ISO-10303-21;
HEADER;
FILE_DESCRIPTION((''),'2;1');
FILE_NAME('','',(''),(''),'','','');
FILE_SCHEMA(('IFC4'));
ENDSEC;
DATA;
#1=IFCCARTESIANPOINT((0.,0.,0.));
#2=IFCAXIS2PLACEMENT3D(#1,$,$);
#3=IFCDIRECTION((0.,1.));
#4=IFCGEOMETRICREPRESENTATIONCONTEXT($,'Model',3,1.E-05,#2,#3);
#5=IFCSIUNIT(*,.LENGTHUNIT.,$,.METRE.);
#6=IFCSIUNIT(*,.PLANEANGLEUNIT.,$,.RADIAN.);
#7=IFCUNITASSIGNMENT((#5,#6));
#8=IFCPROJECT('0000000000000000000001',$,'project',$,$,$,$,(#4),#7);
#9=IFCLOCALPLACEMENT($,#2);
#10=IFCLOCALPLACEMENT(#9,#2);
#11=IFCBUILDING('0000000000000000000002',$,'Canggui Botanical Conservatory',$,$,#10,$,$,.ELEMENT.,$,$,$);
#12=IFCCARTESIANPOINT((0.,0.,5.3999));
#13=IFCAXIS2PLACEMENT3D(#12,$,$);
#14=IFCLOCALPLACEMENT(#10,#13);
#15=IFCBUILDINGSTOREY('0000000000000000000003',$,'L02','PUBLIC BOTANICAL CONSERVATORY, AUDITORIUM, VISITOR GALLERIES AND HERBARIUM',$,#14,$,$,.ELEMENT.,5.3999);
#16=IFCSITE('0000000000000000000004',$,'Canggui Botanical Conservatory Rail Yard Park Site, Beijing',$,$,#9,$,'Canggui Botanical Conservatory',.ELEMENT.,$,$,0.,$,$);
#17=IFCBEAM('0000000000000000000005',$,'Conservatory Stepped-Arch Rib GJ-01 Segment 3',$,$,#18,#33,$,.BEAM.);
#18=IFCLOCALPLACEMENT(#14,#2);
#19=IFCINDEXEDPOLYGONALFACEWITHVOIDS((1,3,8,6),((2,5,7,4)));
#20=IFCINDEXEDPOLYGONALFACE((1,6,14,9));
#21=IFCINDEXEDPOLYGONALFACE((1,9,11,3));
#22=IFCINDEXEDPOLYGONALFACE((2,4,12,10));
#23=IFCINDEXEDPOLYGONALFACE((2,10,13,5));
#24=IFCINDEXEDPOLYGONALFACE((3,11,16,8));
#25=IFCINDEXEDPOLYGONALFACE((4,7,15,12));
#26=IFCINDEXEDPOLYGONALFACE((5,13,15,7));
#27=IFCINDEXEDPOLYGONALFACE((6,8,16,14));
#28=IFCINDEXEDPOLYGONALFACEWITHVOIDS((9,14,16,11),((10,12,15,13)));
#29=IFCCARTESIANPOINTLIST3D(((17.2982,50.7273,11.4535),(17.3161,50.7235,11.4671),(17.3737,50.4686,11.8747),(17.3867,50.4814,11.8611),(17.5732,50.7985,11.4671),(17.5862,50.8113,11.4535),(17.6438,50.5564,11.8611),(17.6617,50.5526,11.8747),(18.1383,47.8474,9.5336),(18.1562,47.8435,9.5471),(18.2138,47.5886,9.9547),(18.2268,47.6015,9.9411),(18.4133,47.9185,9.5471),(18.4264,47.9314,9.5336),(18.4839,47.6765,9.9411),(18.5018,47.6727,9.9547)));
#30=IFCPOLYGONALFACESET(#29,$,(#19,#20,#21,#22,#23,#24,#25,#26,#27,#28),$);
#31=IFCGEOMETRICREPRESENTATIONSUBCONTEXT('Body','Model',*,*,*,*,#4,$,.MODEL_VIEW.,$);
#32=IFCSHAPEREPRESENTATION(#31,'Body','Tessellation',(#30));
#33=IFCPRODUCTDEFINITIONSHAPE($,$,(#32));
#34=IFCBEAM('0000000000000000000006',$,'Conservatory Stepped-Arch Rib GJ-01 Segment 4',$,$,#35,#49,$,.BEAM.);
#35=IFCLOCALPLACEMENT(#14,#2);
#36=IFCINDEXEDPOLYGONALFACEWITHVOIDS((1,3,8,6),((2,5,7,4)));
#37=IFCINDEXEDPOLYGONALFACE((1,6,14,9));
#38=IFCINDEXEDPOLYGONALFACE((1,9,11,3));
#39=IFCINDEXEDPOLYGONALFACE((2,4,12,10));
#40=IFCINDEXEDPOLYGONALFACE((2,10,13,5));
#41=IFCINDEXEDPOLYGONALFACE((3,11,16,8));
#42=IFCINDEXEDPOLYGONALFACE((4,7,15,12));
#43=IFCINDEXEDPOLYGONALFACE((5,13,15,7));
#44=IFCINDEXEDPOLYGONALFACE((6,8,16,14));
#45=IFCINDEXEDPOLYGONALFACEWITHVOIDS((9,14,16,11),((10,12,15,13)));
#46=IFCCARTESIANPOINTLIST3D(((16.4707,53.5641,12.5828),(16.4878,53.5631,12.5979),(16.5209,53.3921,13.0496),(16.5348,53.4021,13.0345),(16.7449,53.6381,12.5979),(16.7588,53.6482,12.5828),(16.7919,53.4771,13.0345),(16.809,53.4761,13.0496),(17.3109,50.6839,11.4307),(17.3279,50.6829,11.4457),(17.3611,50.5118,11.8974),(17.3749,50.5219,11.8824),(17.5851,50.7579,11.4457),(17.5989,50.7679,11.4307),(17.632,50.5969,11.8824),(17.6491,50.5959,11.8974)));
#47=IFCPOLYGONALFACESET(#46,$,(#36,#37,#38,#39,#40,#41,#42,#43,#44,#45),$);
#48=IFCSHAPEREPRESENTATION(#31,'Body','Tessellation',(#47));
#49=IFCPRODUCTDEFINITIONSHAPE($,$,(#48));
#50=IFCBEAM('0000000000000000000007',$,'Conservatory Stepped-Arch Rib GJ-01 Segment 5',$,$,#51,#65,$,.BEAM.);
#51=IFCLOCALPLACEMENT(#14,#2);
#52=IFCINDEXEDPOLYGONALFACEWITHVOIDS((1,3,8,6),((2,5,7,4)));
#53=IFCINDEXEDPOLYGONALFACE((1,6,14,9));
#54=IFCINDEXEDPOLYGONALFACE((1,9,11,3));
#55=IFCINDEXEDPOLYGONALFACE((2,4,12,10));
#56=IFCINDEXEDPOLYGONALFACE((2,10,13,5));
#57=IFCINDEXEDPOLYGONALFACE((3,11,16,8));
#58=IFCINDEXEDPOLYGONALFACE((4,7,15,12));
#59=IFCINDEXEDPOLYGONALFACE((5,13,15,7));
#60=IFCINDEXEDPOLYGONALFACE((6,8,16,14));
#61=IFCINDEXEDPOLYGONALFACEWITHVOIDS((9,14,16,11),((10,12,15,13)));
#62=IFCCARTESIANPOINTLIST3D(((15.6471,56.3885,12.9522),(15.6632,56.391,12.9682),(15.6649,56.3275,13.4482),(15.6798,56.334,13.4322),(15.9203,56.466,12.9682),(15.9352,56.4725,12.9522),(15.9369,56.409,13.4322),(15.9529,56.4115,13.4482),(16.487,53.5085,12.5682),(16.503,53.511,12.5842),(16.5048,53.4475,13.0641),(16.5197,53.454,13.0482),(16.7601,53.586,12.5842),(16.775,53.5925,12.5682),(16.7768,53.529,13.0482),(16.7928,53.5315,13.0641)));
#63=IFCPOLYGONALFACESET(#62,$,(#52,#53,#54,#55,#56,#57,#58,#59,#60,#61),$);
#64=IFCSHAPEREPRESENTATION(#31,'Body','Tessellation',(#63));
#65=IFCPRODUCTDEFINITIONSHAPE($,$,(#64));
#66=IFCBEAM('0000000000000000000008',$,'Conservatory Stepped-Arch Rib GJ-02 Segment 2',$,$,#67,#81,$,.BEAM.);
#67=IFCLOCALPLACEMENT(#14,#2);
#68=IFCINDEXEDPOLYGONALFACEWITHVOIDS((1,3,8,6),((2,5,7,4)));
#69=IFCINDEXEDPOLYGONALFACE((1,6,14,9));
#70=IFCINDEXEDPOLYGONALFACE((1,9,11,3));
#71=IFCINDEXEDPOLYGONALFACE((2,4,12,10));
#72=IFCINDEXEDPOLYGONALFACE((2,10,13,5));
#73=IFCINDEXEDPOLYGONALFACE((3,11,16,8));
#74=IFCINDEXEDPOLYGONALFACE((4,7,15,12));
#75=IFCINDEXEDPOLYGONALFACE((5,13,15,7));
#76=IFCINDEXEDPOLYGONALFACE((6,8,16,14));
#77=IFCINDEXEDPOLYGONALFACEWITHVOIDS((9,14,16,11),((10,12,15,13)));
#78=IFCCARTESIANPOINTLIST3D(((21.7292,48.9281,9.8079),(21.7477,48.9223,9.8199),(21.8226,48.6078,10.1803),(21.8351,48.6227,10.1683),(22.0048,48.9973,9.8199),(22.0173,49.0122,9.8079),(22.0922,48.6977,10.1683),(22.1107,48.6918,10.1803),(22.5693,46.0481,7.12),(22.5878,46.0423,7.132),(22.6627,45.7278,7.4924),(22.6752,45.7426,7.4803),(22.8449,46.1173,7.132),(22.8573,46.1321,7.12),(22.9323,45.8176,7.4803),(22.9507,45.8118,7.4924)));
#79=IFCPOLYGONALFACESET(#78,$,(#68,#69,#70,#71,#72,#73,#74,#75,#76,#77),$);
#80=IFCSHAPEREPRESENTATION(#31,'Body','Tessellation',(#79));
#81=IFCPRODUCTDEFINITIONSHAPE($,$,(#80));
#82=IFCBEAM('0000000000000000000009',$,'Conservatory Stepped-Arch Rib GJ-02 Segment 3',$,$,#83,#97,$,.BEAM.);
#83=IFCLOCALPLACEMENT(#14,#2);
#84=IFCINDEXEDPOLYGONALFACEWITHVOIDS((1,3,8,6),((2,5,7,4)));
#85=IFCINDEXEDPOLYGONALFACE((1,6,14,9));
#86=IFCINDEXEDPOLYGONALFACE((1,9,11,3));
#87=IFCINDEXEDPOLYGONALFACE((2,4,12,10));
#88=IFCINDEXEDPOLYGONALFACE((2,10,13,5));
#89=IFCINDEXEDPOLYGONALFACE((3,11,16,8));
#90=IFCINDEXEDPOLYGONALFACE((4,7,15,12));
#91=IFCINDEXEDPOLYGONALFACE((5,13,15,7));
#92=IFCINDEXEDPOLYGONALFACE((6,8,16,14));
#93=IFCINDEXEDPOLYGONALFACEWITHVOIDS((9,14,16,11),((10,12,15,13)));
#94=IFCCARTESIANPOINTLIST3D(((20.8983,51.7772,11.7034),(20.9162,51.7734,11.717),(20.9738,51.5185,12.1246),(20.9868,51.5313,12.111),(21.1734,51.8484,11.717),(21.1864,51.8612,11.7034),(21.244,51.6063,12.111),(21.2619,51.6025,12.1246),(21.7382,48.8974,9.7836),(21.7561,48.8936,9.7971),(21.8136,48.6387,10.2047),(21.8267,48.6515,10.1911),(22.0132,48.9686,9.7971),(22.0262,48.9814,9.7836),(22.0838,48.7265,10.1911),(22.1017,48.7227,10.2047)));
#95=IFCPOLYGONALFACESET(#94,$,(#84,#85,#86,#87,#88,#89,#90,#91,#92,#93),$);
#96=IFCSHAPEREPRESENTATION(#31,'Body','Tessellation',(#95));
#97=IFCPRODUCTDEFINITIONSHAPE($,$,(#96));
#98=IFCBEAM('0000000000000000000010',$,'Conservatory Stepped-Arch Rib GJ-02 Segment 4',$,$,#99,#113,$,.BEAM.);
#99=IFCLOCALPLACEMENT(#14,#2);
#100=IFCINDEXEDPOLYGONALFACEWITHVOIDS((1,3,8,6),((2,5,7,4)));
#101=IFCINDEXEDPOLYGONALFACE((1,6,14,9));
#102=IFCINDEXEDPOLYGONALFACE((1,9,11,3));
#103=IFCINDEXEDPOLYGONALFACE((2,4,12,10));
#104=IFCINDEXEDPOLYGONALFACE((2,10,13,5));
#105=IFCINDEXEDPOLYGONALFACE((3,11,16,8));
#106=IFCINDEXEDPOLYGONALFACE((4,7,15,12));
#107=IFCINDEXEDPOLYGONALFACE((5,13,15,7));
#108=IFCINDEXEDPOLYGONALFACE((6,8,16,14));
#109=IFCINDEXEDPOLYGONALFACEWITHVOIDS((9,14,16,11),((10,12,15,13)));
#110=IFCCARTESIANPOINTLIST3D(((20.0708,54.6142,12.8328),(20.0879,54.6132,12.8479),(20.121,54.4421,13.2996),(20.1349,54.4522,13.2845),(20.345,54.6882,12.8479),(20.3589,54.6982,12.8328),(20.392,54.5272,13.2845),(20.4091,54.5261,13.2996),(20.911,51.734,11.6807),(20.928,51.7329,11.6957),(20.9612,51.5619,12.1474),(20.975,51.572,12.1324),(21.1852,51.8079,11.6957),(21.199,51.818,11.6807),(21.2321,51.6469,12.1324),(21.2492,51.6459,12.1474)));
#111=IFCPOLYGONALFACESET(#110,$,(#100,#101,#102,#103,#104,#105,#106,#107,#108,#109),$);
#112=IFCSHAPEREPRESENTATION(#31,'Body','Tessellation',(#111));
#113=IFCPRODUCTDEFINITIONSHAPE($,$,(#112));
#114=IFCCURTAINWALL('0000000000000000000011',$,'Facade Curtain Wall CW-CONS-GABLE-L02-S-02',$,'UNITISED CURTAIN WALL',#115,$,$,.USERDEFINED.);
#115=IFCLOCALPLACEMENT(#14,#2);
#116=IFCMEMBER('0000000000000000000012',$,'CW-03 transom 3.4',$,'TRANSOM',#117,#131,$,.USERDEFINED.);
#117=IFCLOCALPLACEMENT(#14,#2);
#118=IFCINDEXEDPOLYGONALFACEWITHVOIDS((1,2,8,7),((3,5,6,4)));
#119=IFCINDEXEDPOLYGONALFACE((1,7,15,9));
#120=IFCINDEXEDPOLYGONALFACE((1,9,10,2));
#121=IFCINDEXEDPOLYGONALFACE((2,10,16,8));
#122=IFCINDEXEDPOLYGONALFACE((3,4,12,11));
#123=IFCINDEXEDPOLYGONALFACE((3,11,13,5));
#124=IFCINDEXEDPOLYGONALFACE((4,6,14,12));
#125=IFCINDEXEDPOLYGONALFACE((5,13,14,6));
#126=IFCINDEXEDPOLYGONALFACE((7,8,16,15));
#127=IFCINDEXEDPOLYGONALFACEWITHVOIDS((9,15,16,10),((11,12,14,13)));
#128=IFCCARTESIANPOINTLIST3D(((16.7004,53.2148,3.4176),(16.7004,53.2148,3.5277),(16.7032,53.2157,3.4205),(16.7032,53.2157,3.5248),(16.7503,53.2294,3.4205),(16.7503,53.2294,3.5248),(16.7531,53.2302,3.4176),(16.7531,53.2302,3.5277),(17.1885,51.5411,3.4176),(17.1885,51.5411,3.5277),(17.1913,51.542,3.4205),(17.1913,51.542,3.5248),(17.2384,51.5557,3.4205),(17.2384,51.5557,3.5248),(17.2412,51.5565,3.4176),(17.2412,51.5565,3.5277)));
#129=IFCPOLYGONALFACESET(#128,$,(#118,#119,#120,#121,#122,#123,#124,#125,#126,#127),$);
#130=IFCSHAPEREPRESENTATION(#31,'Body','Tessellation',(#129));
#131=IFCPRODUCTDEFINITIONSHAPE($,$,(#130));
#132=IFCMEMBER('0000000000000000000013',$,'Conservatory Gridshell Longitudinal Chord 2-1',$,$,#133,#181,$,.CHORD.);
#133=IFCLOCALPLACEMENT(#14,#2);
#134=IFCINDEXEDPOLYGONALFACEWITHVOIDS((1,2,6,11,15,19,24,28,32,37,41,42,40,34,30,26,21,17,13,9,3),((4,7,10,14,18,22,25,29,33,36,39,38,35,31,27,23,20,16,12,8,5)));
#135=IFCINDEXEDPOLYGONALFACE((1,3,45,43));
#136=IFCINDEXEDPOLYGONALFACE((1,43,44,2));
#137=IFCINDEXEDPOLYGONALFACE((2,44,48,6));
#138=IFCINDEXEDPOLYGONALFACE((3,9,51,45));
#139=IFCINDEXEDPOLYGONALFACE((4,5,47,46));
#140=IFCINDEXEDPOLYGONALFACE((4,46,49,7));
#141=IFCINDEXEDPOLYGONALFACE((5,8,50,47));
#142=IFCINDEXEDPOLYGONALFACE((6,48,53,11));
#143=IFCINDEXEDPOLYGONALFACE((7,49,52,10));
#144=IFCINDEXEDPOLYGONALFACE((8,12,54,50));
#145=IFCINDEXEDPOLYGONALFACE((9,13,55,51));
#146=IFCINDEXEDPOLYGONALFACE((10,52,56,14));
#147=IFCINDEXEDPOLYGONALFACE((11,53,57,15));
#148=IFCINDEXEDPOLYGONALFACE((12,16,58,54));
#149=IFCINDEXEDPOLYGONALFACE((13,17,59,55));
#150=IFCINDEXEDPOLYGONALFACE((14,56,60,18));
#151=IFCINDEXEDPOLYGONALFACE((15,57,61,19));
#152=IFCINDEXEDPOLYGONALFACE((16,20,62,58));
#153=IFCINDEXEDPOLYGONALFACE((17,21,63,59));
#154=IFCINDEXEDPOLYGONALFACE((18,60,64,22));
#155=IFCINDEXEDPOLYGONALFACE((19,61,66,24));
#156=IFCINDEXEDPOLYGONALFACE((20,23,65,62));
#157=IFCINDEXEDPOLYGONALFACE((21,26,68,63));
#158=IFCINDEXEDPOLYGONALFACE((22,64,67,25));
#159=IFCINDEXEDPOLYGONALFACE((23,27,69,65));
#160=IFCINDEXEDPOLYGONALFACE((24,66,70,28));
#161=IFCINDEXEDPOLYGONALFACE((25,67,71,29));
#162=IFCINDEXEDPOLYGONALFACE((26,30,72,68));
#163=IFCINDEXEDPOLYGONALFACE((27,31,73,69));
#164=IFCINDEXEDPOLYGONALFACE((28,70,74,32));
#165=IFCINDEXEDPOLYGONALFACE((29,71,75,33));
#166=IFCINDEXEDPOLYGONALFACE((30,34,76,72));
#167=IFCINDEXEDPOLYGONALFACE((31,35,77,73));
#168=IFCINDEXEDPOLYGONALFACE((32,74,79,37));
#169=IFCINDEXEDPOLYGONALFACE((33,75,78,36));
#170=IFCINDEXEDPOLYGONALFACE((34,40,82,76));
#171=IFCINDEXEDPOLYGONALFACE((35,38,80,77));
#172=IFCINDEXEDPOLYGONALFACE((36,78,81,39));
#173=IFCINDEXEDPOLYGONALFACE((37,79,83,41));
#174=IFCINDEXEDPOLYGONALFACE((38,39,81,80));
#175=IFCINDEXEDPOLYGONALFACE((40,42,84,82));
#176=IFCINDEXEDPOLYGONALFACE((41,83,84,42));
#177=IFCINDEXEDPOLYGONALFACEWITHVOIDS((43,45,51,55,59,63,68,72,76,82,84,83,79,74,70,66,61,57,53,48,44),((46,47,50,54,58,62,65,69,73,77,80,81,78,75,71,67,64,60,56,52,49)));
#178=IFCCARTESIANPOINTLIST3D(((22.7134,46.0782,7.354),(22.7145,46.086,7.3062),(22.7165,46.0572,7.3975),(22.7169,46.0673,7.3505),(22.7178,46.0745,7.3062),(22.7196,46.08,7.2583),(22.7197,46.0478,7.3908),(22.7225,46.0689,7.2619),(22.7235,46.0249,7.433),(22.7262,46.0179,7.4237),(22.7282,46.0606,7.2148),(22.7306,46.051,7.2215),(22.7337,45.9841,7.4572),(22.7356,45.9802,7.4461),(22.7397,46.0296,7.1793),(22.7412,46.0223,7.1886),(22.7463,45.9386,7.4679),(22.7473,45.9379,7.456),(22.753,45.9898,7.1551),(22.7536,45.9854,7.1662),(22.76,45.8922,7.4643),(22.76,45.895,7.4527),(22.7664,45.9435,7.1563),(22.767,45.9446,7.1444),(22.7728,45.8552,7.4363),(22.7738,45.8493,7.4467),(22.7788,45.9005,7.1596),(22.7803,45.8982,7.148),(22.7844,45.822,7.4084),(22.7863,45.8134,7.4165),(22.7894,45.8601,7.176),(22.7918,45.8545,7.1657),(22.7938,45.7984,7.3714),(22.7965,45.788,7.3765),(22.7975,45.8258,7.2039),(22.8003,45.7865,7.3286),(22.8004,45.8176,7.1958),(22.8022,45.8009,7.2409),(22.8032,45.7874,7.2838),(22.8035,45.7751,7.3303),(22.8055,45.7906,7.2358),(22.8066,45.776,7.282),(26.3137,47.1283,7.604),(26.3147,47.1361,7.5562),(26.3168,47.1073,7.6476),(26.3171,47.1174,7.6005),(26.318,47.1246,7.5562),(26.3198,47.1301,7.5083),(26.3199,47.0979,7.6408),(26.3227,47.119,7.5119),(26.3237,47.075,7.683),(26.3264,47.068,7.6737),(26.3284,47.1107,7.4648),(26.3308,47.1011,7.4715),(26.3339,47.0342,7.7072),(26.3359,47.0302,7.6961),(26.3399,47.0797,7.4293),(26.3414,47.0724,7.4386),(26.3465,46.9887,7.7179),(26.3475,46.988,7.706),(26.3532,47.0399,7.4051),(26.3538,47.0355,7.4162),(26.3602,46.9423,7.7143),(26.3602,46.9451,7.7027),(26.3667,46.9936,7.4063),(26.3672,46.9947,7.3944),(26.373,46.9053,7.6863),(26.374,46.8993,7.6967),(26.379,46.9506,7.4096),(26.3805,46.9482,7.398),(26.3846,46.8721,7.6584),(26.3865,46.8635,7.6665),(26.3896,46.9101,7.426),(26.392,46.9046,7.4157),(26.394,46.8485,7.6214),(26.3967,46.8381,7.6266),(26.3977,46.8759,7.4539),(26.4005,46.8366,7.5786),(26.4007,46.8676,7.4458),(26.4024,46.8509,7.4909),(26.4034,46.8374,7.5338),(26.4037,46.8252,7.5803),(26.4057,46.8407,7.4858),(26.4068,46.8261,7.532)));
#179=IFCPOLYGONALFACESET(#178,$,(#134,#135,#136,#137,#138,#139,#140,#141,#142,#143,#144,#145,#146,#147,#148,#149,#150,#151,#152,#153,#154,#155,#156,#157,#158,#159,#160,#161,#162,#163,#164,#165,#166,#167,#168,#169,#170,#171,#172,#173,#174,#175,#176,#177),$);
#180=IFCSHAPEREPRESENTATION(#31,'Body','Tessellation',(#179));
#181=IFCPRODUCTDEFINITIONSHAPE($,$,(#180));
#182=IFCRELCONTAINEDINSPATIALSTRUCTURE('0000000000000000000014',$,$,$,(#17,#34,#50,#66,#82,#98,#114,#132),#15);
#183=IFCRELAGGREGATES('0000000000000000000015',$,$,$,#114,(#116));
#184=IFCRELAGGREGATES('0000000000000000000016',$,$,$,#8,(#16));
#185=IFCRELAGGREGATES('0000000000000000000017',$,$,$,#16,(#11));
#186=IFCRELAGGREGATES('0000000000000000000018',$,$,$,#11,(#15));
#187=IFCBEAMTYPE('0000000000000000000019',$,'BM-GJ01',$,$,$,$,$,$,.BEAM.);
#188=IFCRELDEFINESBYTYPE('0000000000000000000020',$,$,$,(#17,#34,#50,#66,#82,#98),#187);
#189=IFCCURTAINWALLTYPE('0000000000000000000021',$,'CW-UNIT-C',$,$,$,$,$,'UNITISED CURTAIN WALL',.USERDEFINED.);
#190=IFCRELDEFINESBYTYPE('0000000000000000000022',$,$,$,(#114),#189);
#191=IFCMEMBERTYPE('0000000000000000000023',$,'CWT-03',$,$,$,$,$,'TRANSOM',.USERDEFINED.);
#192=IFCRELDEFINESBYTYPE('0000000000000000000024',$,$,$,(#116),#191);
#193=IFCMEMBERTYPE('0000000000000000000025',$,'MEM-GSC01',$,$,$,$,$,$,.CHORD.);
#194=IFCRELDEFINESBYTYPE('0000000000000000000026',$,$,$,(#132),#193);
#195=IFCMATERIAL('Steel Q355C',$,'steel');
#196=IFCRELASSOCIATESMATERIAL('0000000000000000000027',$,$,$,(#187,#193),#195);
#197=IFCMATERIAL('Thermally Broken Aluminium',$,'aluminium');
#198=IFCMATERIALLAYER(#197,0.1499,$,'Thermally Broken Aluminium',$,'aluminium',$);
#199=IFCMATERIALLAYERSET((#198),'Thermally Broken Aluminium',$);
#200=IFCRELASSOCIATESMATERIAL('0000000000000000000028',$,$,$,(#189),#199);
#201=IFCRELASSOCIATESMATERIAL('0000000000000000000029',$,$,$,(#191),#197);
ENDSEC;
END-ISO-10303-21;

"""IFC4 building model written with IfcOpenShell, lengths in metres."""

from ifc_helpers import new_model, si_unit, direction, frame, origin, origin_2d, place, context, subcontext, project, spatial, hollow_rectangle, hollow_circle, extrude, material, layer, layer_set, material_profile, profile_set, type_object, element, aggregate, save


model = new_model("IFC4")

# Units and contexts
model_context = context("Model", 3, precision=1e-05, world=origin(), true_north=direction((0.0, 1.0)))
body_context = subcontext(model_context, "Body", "Model", "MODEL_VIEW")
ifc_project = project(units=[si_unit("LENGTHUNIT", "METRE"), si_unit("PLANEANGLEUNIT", "RADIAN")], contexts=[model_context])

# Site, building, storey
site_placement = place(None, origin())
site = spatial("IfcSite", under=ifc_project, at=site_placement, Name="Canggui Botanical Conservatory Rail Yard Park Site, Beijing", LongName="Canggui Botanical Conservatory", CompositionType="ELEMENT", RefElevation=0.0)
building_placement = place(site_placement, origin())
building = spatial("IfcBuilding", under=site, at=building_placement, Name="Canggui Botanical Conservatory", CompositionType="ELEMENT")
storey_placement = place(building_placement, frame((0.0, 0.0, 5.3999)))
storey = spatial("IfcBuildingStorey", under=building, at=storey_placement, Name="L02", Description="PUBLIC BOTANICAL CONSERVATORY, AUDITORIUM, VISITOR GALLERIES AND HERBARIUM", CompositionType="ELEMENT", Elevation=5.3999)

# Beams
ifc_material_1 = material(Name="Steel Q355C", Category="steel")
ifc_material_profile_1 = material_profile(ifc_material_1, hollow_rectangle(XDim=0.3, YDim=0.5, WallThickness=0.0161, at=origin_2d()), Name="RHS 300x500x16")
ifc_profile_set_1 = profile_set([ifc_material_profile_1], Name="Steel Q355C")
beam_type = type_object("IfcBeamType", Name="BM-GJ01", PredefinedType="BEAM", material=ifc_profile_set_1)
beam_1_placement = place(storey_placement, frame((18.3201, 47.76, 9.7441), z_axis=(-0.235868, 0.808574, 0.539049), x_axis=(-0.959989, -0.280038, 0.0)))
element("IfcBeam", 1, at=beam_1_placement, inside=storey, type_object=beam_type, Name="Conservatory Stepped-Arch Rib GJ-01 Segment 3", PredefinedType="BEAM", context=body_context, shape_type="SweptSolid", body=[
    extrude(hollow_rectangle(XDim=0.3, YDim=0.5, WallThickness=0.0161, at=origin_2d()), origin(), (0.0, 0.0, 1.0), 3.5618),
])
beam_2_placement = place(storey_placement, frame((17.48, 50.6399, 11.6641), z_axis=(-0.261404, 0.896188, 0.35849), x_axis=(-0.959995, -0.280016, 0.0)))
element("IfcBeam", 2, at=beam_2_placement, inside=storey, type_object=beam_type, Name="Conservatory Stepped-Arch Rib GJ-01 Segment 4", PredefinedType="BEAM", context=body_context, shape_type="SweptSolid", body=[
    extrude(hollow_rectangle(XDim=0.3, YDim=0.5, WallThickness=0.0161, at=origin_2d()), origin(), (0.0, 0.0, 1.0), 3.2139),
])
beam_3_placement = place(storey_placement, frame((16.6399, 53.52, 12.8162), z_axis=(-0.277696, 0.95224, 0.126981), x_axis=(-0.960011, -0.279962, 0.0)))
element("IfcBeam", 3, at=beam_3_placement, inside=storey, type_object=beam_type, Name="Conservatory Stepped-Arch Rib GJ-01 Segment 5", PredefinedType="BEAM", context=body_context, shape_type="SweptSolid", body=[
    extrude(hollow_rectangle(XDim=0.3, YDim=0.5, WallThickness=0.0161, at=origin_2d()), origin(), (0.0, 0.0, 1.0), 3.0244),
])
beam_4_placement = place(storey_placement, frame((22.76, 45.9299, 7.3062), z_axis=(-0.208553, 0.714996, 0.667297), x_axis=(-0.959995, -0.280016, 0.0)))
element("IfcBeam", 4, at=beam_4_placement, inside=storey, type_object=beam_type, Name="Conservatory Stepped-Arch Rib GJ-02 Segment 2", PredefinedType="BEAM", context=body_context, shape_type="SweptSolid", body=[
    extrude(hollow_rectangle(XDim=0.3, YDim=0.5, WallThickness=0.0161, at=origin_2d()), origin(), (0.0, 0.0, 1.0), 4.0281),
])
beam_5_placement = place(storey_placement, frame((21.9199, 48.8101, 9.9941), z_axis=(-0.235804, 0.808587, 0.539058), x_axis=(-0.960011, -0.279962, 0.0)))
element("IfcBeam", 5, at=beam_5_placement, inside=storey, type_object=beam_type, Name="Conservatory Stepped-Arch Rib GJ-02 Segment 3", PredefinedType="BEAM", context=body_context, shape_type="SweptSolid", body=[
    extrude(hollow_rectangle(XDim=0.3, YDim=0.5, WallThickness=0.0161, at=origin_2d()), origin(), (0.0, 0.0, 1.0), 3.5615),
])
beam_6_placement = place(storey_placement, frame((21.0801, 51.6899, 11.9141), z_axis=(-0.261404, 0.896188, 0.35849), x_axis=(-0.959995, -0.280016, 0.0)))
element("IfcBeam", 6, at=beam_6_placement, inside=storey, type_object=beam_type, Name="Conservatory Stepped-Arch Rib GJ-02 Segment 4", PredefinedType="BEAM", context=body_context, shape_type="SweptSolid", body=[
    extrude(hollow_rectangle(XDim=0.3, YDim=0.5, WallThickness=0.0161, at=origin_2d()), origin(), (0.0, 0.0, 1.0), 3.2139),
])

# Curtain wall, member
ifc_material_2 = material(Name="Thermally Broken Aluminium", Category="aluminium")
ifc_layer_1 = layer(ifc_material_2, 0.1499, Name="Thermally Broken Aluminium", Category="aluminium")
ifc_layer_set_1 = layer_set([ifc_layer_1], Name="Thermally Broken Aluminium")
curtain_wall_type = type_object("IfcCurtainWallType", Name="CW-UNIT-C", ElementType="UNITISED CURTAIN WALL", PredefinedType="USERDEFINED", material=ifc_layer_set_1)
curtain_wall_placement = place(storey_placement, origin())
curtain_wall = element("IfcCurtainWall", 7, at=curtain_wall_placement, inside=storey, type_object=curtain_wall_type, Name="Facade Curtain Wall CW-CONS-GABLE-L02-S-02", ObjectType="UNITISED CURTAIN WALL", PredefinedType="USERDEFINED")
ifc_material_profile_2 = material_profile(ifc_material_2, hollow_rectangle(XDim=0.0549, YDim=0.1101, WallThickness=0.0029, at=origin_2d()), Name="CWT 55x110x3")
ifc_profile_set_2 = profile_set([ifc_material_profile_2], Name="Thermally Broken Aluminium")
member_type_1 = type_object("IfcMemberType", Name="CWT-03", ElementType="TRANSOM", PredefinedType="USERDEFINED", material=ifc_profile_set_2)
member_1_placement = place(storey_placement, frame((17.2148, 51.5488, 3.4727), z_axis=(-0.279952, 0.960014, 0.0), x_axis=(-0.960014, -0.279952, 0.0)))
member_1 = element("IfcMember", 8, at=member_1_placement, type_object=member_type_1, Name="CW-03 transom 3.4", ObjectType="TRANSOM", PredefinedType="USERDEFINED", context=body_context, shape_type="SweptSolid", body=[
    extrude(hollow_rectangle(XDim=0.0549, YDim=0.1101, WallThickness=0.0029, at=origin_2d()), origin(), (0.0, 0.0, 1.0), 1.7434),
])
aggregate(curtain_wall, [member_1])

# Member
ifc_material_profile_3 = material_profile(ifc_material_1, hollow_circle(Radius=0.1626, WallThickness=0.012, at=origin_2d()), Name="CHS 325x12")
ifc_profile_set_3 = profile_set([ifc_material_profile_3], Name="Steel Q355C")
member_type_2 = type_object("IfcMemberType", Name="MEM-GSC01", PredefinedType="CHORD", material=ifc_profile_set_3)
member_2_placement = place(storey_placement, frame((22.76, 45.9299, 7.3062), z_axis=(0.957872, 0.279385, 0.066517), x_axis=(-0.280005, 0.959999, 0.0)))
element("IfcMember", 9, at=member_2_placement, inside=storey, type_object=member_type_2, Name="Conservatory Gridshell Longitudinal Chord 2-1", PredefinedType="CHORD", context=body_context, shape_type="SweptSolid", body=[
    extrude(hollow_circle(Radius=0.1626, WallThickness=0.012, at=origin_2d()), origin(), (0.0, 0.0, 1.0), 3.7585),
])

save(model, "model.ifc")
